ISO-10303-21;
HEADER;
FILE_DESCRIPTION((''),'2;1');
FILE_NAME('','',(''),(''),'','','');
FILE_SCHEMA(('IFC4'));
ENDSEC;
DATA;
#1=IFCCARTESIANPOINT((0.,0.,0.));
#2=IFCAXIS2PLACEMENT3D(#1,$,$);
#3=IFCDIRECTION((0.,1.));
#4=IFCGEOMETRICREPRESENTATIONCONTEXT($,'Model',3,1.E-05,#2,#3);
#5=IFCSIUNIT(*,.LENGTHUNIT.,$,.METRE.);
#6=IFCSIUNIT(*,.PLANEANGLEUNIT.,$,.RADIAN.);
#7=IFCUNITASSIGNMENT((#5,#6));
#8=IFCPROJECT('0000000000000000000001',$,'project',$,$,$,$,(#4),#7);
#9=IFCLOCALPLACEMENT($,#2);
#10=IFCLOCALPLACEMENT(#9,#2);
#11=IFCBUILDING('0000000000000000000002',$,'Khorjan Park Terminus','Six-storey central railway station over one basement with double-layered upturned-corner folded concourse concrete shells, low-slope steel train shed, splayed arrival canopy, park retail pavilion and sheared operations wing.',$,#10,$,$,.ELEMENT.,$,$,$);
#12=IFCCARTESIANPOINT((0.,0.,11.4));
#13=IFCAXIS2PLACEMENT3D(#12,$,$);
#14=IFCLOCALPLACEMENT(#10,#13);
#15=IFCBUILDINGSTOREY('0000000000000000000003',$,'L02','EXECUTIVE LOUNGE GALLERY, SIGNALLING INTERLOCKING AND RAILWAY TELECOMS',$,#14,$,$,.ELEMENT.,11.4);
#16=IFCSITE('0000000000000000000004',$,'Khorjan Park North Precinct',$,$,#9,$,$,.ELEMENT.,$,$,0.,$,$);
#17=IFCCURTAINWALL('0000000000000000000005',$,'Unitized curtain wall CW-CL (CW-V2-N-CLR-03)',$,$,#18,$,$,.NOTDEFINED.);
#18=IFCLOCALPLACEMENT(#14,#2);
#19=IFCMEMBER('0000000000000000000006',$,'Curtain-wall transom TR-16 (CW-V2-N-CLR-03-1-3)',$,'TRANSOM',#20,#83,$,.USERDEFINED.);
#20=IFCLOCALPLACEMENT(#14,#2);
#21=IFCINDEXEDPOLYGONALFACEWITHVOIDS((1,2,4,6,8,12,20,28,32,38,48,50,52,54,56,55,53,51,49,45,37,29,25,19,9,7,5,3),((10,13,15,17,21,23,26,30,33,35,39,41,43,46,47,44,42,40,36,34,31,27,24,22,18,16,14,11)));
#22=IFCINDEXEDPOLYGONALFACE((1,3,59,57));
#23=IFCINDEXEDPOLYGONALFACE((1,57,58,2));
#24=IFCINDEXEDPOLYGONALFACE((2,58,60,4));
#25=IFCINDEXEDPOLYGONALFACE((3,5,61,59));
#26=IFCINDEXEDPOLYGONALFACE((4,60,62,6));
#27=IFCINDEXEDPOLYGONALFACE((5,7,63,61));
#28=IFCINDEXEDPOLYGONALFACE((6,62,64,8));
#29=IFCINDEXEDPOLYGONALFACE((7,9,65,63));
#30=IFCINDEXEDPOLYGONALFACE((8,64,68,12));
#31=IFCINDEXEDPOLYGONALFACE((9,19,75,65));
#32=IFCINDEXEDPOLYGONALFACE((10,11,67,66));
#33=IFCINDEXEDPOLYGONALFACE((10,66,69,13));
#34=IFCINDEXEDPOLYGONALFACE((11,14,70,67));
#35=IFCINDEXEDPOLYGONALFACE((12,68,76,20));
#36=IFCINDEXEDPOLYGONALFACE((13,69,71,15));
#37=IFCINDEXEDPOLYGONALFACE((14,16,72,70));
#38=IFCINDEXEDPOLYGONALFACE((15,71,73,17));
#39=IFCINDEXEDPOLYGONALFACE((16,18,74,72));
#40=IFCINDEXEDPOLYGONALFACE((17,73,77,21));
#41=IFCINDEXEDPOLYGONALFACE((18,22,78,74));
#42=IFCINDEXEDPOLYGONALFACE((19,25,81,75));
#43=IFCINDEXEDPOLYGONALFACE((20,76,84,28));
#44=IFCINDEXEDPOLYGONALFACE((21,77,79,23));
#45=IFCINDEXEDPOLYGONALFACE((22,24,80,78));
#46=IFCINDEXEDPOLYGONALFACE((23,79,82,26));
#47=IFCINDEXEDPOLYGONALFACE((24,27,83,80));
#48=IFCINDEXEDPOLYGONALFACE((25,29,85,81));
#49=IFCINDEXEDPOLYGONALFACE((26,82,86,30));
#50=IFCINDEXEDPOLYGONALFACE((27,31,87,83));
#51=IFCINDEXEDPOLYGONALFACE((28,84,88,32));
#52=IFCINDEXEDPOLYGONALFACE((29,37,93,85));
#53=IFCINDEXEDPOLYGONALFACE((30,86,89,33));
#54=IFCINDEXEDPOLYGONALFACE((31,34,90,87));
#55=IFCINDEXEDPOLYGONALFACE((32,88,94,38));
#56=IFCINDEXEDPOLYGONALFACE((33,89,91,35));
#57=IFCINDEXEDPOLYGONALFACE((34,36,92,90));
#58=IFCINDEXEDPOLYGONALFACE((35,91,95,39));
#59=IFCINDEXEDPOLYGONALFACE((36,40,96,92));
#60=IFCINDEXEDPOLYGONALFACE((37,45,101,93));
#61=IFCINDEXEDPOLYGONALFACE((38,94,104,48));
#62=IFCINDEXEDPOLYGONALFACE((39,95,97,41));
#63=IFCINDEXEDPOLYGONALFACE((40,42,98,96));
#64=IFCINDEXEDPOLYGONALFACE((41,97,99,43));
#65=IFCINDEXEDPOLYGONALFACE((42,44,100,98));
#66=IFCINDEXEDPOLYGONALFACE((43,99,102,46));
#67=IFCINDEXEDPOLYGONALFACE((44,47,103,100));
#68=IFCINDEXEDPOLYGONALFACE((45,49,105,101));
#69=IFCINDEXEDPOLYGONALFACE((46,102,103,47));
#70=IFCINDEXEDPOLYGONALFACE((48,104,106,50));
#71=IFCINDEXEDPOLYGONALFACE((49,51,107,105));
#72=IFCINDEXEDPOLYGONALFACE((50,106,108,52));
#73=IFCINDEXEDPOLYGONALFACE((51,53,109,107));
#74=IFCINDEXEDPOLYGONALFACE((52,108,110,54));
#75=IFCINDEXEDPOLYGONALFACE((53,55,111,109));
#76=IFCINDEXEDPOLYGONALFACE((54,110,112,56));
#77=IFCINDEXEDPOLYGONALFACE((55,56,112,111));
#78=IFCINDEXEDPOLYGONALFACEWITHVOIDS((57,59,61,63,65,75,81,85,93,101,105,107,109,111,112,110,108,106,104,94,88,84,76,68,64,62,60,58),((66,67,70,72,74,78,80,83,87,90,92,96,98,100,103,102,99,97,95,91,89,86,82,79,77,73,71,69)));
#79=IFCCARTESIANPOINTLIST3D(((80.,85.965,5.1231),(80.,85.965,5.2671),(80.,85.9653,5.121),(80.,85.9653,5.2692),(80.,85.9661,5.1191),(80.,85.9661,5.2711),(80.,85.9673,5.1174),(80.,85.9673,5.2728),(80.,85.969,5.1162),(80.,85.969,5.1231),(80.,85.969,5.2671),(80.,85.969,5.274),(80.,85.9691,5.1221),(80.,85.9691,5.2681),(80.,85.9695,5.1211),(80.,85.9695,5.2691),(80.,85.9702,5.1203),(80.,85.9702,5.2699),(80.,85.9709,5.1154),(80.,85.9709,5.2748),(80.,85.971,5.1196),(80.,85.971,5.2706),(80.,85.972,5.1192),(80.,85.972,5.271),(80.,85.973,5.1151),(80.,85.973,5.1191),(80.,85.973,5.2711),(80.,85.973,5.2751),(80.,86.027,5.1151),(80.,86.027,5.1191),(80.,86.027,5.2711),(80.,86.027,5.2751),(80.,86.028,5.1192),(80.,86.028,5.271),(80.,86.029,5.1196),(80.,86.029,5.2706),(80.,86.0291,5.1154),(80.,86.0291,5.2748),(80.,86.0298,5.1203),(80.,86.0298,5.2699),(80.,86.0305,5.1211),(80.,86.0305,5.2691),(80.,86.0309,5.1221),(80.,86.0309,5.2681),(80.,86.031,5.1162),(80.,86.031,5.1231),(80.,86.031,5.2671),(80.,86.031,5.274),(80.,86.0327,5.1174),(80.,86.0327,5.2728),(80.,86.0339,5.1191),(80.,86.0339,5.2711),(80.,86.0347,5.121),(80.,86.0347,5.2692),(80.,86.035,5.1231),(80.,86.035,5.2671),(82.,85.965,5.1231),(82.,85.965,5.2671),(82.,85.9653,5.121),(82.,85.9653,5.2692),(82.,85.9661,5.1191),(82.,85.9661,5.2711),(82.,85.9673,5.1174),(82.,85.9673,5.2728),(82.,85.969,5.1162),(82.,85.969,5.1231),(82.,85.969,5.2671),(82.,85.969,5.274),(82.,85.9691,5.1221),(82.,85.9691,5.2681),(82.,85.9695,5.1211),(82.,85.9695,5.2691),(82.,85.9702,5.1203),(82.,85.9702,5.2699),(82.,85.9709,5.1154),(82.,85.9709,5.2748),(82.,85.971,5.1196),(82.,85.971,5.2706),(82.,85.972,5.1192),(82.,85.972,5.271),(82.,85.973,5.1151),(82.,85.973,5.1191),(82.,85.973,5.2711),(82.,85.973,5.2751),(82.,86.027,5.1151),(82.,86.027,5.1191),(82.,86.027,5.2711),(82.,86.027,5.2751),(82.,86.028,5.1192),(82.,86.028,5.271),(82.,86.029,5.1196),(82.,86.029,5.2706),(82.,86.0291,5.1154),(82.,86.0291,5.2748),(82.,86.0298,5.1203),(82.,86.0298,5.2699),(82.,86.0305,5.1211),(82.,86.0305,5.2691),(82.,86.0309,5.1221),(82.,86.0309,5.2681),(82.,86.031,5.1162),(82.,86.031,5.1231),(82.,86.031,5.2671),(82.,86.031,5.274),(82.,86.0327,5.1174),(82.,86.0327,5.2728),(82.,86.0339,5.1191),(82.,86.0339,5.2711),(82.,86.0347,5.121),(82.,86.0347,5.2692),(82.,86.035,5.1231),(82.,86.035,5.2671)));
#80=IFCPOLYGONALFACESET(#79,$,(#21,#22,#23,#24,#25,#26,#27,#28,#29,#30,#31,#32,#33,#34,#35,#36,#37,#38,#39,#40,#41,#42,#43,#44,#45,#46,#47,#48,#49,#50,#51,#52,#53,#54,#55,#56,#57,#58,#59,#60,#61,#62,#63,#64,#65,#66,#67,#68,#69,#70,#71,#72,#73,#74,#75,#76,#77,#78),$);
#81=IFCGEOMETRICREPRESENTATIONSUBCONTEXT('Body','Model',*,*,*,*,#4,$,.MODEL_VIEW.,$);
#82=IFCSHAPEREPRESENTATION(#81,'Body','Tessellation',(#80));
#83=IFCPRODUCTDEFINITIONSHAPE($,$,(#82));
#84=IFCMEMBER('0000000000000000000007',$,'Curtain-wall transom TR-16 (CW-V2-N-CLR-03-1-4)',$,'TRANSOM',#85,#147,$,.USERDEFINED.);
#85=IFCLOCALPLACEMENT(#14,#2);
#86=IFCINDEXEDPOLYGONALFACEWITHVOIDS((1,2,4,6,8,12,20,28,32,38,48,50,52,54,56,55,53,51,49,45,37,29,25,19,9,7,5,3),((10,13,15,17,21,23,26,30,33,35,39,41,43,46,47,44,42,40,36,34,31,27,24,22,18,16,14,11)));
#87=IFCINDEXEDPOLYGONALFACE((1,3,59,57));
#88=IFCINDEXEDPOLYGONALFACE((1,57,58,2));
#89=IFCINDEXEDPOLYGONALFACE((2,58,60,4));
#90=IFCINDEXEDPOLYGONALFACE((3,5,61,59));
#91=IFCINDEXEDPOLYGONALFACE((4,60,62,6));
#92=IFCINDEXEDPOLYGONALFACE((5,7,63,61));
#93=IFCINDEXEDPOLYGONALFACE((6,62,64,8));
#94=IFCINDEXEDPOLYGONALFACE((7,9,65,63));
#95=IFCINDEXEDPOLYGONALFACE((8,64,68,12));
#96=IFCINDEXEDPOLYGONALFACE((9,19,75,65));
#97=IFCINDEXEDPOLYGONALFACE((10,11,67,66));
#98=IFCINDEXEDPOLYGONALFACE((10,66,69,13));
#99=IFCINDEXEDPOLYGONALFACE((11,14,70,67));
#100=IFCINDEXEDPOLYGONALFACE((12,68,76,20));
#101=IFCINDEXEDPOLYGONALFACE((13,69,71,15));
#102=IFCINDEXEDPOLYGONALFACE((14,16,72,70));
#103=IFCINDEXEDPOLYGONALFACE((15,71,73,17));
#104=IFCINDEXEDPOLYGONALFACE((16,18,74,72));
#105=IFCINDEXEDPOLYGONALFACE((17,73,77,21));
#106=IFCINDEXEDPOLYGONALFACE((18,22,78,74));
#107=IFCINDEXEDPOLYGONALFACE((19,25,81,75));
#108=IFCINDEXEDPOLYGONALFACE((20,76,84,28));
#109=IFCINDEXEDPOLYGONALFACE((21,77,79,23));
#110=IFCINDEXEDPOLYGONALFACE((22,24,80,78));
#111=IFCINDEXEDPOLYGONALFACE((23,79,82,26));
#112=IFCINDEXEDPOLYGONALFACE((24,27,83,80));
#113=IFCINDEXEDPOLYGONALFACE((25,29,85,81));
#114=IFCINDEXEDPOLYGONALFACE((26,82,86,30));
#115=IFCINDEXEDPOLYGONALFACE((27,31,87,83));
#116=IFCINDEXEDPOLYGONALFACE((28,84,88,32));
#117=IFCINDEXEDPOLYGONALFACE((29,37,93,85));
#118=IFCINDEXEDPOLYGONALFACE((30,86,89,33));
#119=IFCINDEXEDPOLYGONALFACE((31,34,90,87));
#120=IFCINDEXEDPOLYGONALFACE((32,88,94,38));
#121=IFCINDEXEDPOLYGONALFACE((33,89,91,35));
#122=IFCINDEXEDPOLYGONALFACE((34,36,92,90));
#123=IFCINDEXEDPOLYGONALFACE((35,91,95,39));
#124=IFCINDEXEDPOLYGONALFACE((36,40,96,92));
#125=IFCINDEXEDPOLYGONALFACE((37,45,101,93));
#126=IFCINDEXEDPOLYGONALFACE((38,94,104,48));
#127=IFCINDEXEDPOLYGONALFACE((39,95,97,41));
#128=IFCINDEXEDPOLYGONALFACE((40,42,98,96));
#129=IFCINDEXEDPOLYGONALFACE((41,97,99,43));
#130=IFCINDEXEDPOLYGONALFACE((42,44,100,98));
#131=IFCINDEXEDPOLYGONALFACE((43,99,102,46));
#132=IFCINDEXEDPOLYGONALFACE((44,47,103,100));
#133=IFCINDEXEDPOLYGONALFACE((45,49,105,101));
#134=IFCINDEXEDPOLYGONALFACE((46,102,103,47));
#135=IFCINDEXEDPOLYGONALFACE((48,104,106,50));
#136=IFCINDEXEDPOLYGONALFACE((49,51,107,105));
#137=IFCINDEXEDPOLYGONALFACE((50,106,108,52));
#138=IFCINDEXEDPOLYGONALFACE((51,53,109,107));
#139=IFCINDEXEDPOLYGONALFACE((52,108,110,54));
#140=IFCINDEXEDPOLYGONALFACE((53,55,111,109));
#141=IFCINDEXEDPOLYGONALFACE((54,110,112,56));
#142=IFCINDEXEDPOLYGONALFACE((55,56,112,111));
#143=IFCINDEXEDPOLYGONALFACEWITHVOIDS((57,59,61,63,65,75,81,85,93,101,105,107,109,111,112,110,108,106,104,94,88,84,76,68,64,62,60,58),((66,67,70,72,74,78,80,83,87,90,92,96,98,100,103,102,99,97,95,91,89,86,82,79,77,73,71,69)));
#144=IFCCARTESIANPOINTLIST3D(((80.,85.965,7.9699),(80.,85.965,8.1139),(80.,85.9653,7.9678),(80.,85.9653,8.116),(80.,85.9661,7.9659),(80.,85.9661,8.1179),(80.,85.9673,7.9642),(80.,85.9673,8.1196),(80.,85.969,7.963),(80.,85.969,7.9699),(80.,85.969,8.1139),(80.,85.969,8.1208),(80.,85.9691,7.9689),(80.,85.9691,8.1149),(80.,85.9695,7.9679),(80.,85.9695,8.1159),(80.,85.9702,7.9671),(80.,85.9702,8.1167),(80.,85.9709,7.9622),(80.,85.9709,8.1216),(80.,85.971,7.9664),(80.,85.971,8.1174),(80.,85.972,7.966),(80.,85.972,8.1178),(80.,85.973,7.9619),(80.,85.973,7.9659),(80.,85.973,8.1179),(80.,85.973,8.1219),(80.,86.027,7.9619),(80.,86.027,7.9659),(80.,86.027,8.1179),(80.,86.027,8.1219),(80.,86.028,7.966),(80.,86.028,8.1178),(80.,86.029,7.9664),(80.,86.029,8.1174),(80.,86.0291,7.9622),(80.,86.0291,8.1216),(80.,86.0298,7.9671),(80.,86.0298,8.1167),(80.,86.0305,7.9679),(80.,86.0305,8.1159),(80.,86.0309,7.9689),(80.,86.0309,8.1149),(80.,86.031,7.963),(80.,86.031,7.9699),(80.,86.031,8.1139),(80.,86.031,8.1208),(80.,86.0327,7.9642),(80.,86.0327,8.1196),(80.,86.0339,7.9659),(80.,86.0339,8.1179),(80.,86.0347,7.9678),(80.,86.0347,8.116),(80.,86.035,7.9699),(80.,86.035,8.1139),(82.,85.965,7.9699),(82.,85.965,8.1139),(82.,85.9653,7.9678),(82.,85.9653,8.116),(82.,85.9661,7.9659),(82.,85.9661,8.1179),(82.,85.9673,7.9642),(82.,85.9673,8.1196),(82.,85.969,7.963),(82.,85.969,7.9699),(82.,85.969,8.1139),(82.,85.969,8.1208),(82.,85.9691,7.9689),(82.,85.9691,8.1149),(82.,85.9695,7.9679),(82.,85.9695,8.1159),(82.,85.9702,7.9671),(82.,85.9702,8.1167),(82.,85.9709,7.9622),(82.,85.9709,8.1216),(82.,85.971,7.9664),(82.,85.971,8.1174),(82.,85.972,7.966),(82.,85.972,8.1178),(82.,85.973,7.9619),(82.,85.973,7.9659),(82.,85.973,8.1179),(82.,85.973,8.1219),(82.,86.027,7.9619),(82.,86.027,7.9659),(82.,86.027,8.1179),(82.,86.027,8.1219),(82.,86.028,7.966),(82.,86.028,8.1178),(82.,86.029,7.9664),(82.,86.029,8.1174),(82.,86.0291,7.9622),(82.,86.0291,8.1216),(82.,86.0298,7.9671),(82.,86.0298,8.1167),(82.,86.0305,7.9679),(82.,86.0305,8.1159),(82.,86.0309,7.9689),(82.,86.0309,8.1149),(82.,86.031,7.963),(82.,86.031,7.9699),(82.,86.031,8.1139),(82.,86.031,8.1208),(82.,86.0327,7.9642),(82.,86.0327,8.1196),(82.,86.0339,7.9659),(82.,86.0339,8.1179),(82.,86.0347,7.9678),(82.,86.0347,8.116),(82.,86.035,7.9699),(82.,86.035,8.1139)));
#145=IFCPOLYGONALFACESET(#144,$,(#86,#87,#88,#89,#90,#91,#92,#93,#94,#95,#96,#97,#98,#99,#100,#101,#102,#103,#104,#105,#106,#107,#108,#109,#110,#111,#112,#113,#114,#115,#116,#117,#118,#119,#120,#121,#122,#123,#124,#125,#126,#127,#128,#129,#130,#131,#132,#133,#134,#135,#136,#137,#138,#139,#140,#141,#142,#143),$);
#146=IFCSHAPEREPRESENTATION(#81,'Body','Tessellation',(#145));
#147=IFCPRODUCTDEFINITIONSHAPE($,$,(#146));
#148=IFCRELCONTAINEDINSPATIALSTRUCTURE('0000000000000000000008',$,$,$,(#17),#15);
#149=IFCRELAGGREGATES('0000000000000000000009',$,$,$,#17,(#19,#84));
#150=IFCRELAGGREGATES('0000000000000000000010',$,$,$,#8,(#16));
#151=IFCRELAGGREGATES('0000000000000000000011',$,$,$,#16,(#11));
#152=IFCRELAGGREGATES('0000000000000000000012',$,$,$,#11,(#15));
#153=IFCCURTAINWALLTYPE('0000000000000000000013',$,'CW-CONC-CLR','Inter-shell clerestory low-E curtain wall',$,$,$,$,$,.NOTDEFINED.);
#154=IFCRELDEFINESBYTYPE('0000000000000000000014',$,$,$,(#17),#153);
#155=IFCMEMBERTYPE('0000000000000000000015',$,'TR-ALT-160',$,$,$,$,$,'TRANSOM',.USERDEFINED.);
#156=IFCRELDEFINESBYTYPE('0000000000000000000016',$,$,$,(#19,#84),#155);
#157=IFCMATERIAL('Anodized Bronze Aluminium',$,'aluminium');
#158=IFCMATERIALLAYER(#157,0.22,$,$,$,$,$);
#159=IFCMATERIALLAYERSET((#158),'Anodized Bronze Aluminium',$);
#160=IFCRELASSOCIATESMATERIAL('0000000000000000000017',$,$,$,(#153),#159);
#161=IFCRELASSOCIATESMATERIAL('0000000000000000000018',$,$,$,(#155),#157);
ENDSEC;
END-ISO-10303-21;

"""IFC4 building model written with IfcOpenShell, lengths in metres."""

from ifc_helpers import new_model, si_unit, direction, frame, origin, origin_2d, place, context, subcontext, project, spatial, hollow_rectangle, extrude, material, layer, layer_set, material_profile, profile_set, type_object, element, aggregate, save


model = new_model("IFC4")

# Units and contexts
model_context = context("Model", 3, precision=1e-05, world=origin(), true_north=direction((0.0, 1.0)))
body_context = subcontext(model_context, "Body", "Model", "MODEL_VIEW")
ifc_project = project(units=[si_unit("LENGTHUNIT", "METRE"), si_unit("PLANEANGLEUNIT", "RADIAN")], contexts=[model_context])

# Site, building, storey
site_placement = place(None, origin())
site = spatial("IfcSite", under=ifc_project, at=site_placement, Name="Khorjan Park North Precinct", CompositionType="ELEMENT", RefElevation=0.0)
building_placement = place(site_placement, origin())
building = spatial("IfcBuilding", under=site, at=building_placement, Name="Khorjan Park Terminus", Description="Six-storey central railway station over one basement with double-layered upturned-corner folded concourse concrete shells, low-slope steel train shed, splayed arrival canopy, park retail pavilion and sheared operations wing.", CompositionType="ELEMENT")
storey_placement = place(building_placement, frame((0.0, 0.0, 11.4)))
storey = spatial("IfcBuildingStorey", under=building, at=storey_placement, Name="L02", Description="EXECUTIVE LOUNGE GALLERY, SIGNALLING INTERLOCKING AND RAILWAY TELECOMS", CompositionType="ELEMENT", Elevation=11.4)

# Curtain wall
ifc_material_1 = material(Name="Anodized Bronze Aluminium", Category="aluminium")
ifc_layer_1 = layer(ifc_material_1, 0.22)
ifc_layer_set_1 = layer_set([ifc_layer_1], Name="Anodized Bronze Aluminium")
curtain_wall_type = type_object("IfcCurtainWallType", Name="CW-CONC-CLR", Description="Inter-shell clerestory low-E curtain wall", PredefinedType="NOTDEFINED", material=ifc_layer_set_1)
curtain_wall_1_placement = place(storey_placement, origin())
curtain_wall_1 = element("IfcCurtainWall", 1, at=curtain_wall_1_placement, inside=storey, type_object=curtain_wall_type, Name="Unitized curtain wall CW-CL (CW-V2-N-CLR-03)", PredefinedType="NOTDEFINED")

# Members
ifc_material_profile_1 = material_profile(ifc_material_1, hollow_rectangle(XDim=0.07, YDim=0.16, WallThickness=0.004, InnerFilletRadius=0.004, OuterFilletRadius=0.008, at=origin_2d()), Name="ALT 70x160x4")
ifc_profile_set_1 = profile_set([ifc_material_profile_1], Name="Anodized Bronze Aluminium")
member_type_1 = type_object("IfcMemberType", Name="TR-ALT-160", ElementType="TRANSOM", PredefinedType="USERDEFINED", material=ifc_profile_set_1)
member_1_placement = place(storey_placement, frame((82.0, 86.0, 5.1951), z_axis=(-1.0, 0.0, 0.0), x_axis=(0.0, -1.0, 0.0)))
member_1 = element("IfcMember", 2, at=member_1_placement, type_object=member_type_1, Name="Curtain-wall transom TR-16 (CW-V2-N-CLR-03-1-3)", ObjectType="TRANSOM", PredefinedType="USERDEFINED", context=body_context, shape_type="SweptSolid", body=[
    extrude(hollow_rectangle(XDim=0.07, YDim=0.16, WallThickness=0.004, InnerFilletRadius=0.004, OuterFilletRadius=0.008, at=origin_2d()), origin(), (0.0, 0.0, 1.0), 2.0),
])
member_2_placement = place(storey_placement, frame((82.0, 86.0, 8.0419), z_axis=(-1.0, 0.0, 0.0), x_axis=(0.0, -1.0, 0.0)))
member_2 = element("IfcMember", 3, at=member_2_placement, type_object=member_type_1, Name="Curtain-wall transom TR-16 (CW-V2-N-CLR-03-1-4)", ObjectType="TRANSOM", PredefinedType="USERDEFINED", context=body_context, shape_type="SweptSolid", body=[
    extrude(hollow_rectangle(XDim=0.07, YDim=0.16, WallThickness=0.004, InnerFilletRadius=0.004, OuterFilletRadius=0.008, at=origin_2d()), origin(), (0.0, 0.0, 1.0), 2.0),
])

aggregate(curtain_wall_1, [member_1, member_2])

save(model, "model.ifc")
